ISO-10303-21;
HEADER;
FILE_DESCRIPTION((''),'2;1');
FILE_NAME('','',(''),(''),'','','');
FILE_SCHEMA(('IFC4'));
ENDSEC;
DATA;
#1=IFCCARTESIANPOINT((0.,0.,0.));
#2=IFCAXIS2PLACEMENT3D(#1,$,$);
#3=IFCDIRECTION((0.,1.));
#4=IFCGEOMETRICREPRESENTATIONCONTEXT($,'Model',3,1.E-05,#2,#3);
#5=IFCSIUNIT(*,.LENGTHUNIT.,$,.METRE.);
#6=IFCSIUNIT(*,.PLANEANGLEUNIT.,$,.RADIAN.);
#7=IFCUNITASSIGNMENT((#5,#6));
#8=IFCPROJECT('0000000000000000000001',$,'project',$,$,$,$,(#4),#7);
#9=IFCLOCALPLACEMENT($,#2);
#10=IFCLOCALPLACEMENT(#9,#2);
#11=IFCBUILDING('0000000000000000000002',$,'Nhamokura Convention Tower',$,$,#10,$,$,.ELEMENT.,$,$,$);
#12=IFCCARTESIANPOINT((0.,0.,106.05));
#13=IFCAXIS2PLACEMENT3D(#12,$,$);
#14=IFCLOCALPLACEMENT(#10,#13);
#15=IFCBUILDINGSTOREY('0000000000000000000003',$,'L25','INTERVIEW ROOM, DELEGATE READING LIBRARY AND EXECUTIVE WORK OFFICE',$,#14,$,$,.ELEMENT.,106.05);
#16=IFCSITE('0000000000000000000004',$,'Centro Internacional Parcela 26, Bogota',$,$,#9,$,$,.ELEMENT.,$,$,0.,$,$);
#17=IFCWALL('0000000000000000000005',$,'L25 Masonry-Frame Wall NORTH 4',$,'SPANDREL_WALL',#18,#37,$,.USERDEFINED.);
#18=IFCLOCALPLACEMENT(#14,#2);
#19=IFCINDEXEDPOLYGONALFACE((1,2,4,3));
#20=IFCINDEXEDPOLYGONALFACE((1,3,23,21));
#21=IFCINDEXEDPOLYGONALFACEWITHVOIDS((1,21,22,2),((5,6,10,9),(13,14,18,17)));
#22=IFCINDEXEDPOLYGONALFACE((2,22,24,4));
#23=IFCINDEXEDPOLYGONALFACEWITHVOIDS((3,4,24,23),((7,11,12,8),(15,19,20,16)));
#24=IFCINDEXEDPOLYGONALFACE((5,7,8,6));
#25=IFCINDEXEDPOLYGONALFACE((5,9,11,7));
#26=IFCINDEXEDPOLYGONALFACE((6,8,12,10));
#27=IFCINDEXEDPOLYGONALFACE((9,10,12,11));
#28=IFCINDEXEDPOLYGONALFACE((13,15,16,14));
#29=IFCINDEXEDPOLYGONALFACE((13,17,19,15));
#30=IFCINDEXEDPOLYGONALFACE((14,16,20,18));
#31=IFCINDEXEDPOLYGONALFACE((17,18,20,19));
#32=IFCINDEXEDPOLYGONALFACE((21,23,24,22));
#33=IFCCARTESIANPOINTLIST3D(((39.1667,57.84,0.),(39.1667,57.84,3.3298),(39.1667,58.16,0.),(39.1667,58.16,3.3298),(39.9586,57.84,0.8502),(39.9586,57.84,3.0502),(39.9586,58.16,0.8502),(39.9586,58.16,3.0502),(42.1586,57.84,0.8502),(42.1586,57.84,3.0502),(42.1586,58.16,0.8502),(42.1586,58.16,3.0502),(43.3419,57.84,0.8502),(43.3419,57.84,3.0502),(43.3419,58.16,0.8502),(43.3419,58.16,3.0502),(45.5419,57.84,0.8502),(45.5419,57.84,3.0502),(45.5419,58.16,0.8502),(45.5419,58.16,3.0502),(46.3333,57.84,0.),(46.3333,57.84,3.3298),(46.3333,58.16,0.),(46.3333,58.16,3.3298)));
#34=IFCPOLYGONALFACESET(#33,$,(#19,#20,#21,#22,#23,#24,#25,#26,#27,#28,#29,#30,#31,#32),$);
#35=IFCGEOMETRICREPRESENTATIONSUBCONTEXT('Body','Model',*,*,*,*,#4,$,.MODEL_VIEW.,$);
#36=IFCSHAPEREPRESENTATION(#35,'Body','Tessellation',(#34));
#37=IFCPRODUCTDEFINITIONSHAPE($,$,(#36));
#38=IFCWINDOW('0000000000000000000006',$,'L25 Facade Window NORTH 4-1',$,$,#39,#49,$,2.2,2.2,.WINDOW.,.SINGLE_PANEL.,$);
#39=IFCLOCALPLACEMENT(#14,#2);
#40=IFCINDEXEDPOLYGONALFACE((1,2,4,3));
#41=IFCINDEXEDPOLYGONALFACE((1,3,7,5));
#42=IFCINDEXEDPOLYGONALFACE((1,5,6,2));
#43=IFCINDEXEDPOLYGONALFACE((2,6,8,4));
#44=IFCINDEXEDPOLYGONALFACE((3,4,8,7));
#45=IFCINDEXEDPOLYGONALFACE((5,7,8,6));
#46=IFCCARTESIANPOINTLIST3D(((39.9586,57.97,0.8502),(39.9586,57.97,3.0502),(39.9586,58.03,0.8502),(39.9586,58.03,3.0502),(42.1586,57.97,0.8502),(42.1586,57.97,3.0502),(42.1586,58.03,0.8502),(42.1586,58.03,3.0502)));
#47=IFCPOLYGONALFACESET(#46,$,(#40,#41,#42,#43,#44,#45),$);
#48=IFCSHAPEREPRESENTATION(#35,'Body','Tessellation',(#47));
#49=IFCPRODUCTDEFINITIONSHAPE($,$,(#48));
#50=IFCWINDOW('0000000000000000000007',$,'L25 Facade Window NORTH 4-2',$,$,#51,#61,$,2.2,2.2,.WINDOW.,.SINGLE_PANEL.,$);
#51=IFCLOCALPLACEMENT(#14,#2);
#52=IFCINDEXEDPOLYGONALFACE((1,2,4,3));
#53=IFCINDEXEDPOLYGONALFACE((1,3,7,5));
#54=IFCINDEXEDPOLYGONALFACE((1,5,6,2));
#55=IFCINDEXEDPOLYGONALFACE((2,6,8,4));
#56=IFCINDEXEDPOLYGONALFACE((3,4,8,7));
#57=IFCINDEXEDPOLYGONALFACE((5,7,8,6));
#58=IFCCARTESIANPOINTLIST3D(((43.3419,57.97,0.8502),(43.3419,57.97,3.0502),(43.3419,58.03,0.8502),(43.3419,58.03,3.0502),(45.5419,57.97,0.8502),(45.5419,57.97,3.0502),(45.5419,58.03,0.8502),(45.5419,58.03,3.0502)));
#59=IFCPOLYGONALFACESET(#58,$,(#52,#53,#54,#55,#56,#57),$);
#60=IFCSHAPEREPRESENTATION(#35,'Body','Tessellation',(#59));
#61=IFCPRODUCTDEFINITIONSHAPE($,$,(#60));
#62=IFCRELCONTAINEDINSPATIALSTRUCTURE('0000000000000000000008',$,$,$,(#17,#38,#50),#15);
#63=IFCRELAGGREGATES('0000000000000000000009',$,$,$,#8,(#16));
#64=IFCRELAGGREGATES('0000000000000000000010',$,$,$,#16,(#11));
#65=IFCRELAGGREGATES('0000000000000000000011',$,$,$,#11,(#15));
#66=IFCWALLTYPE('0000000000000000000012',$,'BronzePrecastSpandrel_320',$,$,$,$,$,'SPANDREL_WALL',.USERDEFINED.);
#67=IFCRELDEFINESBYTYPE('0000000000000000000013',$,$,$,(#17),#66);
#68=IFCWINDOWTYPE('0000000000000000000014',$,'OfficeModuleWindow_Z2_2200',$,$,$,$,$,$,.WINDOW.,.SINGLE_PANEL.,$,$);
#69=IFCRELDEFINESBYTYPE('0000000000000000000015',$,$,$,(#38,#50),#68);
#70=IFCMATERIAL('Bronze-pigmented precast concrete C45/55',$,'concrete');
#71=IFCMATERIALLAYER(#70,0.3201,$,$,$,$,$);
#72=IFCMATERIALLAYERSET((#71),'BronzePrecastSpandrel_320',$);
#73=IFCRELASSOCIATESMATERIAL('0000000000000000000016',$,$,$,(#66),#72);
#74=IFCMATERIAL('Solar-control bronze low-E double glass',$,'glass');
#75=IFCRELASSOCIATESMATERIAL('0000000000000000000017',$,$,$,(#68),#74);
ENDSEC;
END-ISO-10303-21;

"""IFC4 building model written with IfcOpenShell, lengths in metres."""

from ifc_helpers import new_model, si_unit, direction, frame, frame_2d, origin, place, context, subcontext, project, spatial, rectangle, extrude, material, layer, layer_set, type_object, element, fill, save


model = new_model("IFC4")

# Units and contexts
model_context = context("Model", 3, precision=1e-05, world=origin(), true_north=direction((0.0, 1.0)))
body_context = subcontext(model_context, "Body", "Model", "MODEL_VIEW")
ifc_project = project(units=[si_unit("LENGTHUNIT", "METRE"), si_unit("PLANEANGLEUNIT", "RADIAN")], contexts=[model_context])

# Site, building, storey
site_placement = place(None, origin())
site = spatial("IfcSite", under=ifc_project, at=site_placement, Name="Centro Internacional Parcela 26, Bogota", CompositionType="ELEMENT", RefElevation=0.0)
building_placement = place(site_placement, origin())
building = spatial("IfcBuilding", under=site, at=building_placement, Name="Nhamokura Convention Tower", CompositionType="ELEMENT")
storey_placement = place(building_placement, frame((0.0, 0.0, 106.05)))
storey = spatial("IfcBuildingStorey", under=building, at=storey_placement, Name="L25", Description="INTERVIEW ROOM, DELEGATE READING LIBRARY AND EXECUTIVE WORK OFFICE", CompositionType="ELEMENT", Elevation=106.05)

# Wall, openings, windows
ifc_material_1 = material(Name="Bronze-pigmented precast concrete C45/55", Category="concrete")
ifc_layer_1 = layer(ifc_material_1, 0.3201)
ifc_layer_set_1 = layer_set([ifc_layer_1], Name="BronzePrecastSpandrel_320")
wall_type = type_object("IfcWallType", Name="BronzePrecastSpandrel_320", ElementType="SPANDREL_WALL", PredefinedType="USERDEFINED", material=ifc_layer_set_1)
wall_placement = place(storey_placement, frame((39.1667, 58.0, 0.0), z_axis=(0.0, 0.0, 1.0), x_axis=(1.0, 0.0, 0.0)))
wall = element("IfcWall", 1, at=wall_placement, inside=storey, type_object=wall_type, Name="L25 Masonry-Frame Wall NORTH 4", ObjectType="SPANDREL_WALL", PredefinedType="USERDEFINED", context=body_context, shape_type="SweptSolid", body=[
    extrude(rectangle(XDim=7.1665, YDim=0.3201, at=frame_2d((3.5833, 0.0))), origin(), (0.0, 0.0, 1.0), 3.3298),
])
opening_1_placement = place(wall_placement, frame((0.7917, 0.0, 0.8501)))
opening_1 = element("IfcOpeningElement", 2, at=opening_1_placement, cuts=wall, PredefinedType="OPENING", context=body_context, shape_type="SweptSolid", body=[
    extrude(rectangle(XDim=2.2, YDim=2.2, at=frame_2d((1.1001, 1.1001))), frame((0.0, 0.1699, 0.0), z_axis=(0.0, -1.0, 0.0), x_axis=(1.0, 0.0, 0.0)), (0.0, 0.0, 1.0), 0.3401),
])
opening_2_placement = place(wall_placement, frame((4.175, 0.0, 0.8501)))
opening_2 = element("IfcOpeningElement", 3, at=opening_2_placement, cuts=wall, PredefinedType="OPENING", context=body_context, shape_type="SweptSolid", body=[
    extrude(rectangle(XDim=2.2, YDim=2.2, at=frame_2d((1.1001, 1.1001))), frame((0.0, 0.1699, 0.0), z_axis=(0.0, -1.0, 0.0), x_axis=(1.0, 0.0, 0.0)), (0.0, 0.0, 1.0), 0.3401),
])
ifc_material_2 = material(Name="Solar-control bronze low-E double glass", Category="glass")
window_type = type_object("IfcWindowType", Name="OfficeModuleWindow_Z2_2200", PartitioningType="SINGLE_PANEL", PredefinedType="WINDOW", material=ifc_material_2)
window_1_placement = place(opening_1_placement, origin())
window_1 = element("IfcWindow", 4, at=window_1_placement, inside=storey, type_object=window_type, Name="L25 Facade Window NORTH 4-1", OverallHeight=2.2, OverallWidth=2.2, PartitioningType="SINGLE_PANEL", PredefinedType="WINDOW", context=body_context, shape_type="SweptSolid", body=[
    extrude(rectangle(XDim=2.2, YDim=2.2, at=frame_2d((1.1001, 1.1001))), frame((0.0, 0.03, 0.0), z_axis=(0.0, -1.0, 0.0), x_axis=(1.0, 0.0, 0.0)), (0.0, 0.0, 1.0), 0.0601),
])
fill(opening_1, window_1)
window_2_placement = place(opening_2_placement, origin())
window_2 = element("IfcWindow", 5, at=window_2_placement, inside=storey, type_object=window_type, Name="L25 Facade Window NORTH 4-2", OverallHeight=2.2, OverallWidth=2.2, PartitioningType="SINGLE_PANEL", PredefinedType="WINDOW", context=body_context, shape_type="SweptSolid", body=[
    extrude(rectangle(XDim=2.2, YDim=2.2, at=frame_2d((1.1001, 1.1001))), frame((0.0, 0.03, 0.0), z_axis=(0.0, -1.0, 0.0), x_axis=(1.0, 0.0, 0.0)), (0.0, 0.0, 1.0), 0.0601),
])
fill(opening_2, window_2)

save(model, "model.ifc")
